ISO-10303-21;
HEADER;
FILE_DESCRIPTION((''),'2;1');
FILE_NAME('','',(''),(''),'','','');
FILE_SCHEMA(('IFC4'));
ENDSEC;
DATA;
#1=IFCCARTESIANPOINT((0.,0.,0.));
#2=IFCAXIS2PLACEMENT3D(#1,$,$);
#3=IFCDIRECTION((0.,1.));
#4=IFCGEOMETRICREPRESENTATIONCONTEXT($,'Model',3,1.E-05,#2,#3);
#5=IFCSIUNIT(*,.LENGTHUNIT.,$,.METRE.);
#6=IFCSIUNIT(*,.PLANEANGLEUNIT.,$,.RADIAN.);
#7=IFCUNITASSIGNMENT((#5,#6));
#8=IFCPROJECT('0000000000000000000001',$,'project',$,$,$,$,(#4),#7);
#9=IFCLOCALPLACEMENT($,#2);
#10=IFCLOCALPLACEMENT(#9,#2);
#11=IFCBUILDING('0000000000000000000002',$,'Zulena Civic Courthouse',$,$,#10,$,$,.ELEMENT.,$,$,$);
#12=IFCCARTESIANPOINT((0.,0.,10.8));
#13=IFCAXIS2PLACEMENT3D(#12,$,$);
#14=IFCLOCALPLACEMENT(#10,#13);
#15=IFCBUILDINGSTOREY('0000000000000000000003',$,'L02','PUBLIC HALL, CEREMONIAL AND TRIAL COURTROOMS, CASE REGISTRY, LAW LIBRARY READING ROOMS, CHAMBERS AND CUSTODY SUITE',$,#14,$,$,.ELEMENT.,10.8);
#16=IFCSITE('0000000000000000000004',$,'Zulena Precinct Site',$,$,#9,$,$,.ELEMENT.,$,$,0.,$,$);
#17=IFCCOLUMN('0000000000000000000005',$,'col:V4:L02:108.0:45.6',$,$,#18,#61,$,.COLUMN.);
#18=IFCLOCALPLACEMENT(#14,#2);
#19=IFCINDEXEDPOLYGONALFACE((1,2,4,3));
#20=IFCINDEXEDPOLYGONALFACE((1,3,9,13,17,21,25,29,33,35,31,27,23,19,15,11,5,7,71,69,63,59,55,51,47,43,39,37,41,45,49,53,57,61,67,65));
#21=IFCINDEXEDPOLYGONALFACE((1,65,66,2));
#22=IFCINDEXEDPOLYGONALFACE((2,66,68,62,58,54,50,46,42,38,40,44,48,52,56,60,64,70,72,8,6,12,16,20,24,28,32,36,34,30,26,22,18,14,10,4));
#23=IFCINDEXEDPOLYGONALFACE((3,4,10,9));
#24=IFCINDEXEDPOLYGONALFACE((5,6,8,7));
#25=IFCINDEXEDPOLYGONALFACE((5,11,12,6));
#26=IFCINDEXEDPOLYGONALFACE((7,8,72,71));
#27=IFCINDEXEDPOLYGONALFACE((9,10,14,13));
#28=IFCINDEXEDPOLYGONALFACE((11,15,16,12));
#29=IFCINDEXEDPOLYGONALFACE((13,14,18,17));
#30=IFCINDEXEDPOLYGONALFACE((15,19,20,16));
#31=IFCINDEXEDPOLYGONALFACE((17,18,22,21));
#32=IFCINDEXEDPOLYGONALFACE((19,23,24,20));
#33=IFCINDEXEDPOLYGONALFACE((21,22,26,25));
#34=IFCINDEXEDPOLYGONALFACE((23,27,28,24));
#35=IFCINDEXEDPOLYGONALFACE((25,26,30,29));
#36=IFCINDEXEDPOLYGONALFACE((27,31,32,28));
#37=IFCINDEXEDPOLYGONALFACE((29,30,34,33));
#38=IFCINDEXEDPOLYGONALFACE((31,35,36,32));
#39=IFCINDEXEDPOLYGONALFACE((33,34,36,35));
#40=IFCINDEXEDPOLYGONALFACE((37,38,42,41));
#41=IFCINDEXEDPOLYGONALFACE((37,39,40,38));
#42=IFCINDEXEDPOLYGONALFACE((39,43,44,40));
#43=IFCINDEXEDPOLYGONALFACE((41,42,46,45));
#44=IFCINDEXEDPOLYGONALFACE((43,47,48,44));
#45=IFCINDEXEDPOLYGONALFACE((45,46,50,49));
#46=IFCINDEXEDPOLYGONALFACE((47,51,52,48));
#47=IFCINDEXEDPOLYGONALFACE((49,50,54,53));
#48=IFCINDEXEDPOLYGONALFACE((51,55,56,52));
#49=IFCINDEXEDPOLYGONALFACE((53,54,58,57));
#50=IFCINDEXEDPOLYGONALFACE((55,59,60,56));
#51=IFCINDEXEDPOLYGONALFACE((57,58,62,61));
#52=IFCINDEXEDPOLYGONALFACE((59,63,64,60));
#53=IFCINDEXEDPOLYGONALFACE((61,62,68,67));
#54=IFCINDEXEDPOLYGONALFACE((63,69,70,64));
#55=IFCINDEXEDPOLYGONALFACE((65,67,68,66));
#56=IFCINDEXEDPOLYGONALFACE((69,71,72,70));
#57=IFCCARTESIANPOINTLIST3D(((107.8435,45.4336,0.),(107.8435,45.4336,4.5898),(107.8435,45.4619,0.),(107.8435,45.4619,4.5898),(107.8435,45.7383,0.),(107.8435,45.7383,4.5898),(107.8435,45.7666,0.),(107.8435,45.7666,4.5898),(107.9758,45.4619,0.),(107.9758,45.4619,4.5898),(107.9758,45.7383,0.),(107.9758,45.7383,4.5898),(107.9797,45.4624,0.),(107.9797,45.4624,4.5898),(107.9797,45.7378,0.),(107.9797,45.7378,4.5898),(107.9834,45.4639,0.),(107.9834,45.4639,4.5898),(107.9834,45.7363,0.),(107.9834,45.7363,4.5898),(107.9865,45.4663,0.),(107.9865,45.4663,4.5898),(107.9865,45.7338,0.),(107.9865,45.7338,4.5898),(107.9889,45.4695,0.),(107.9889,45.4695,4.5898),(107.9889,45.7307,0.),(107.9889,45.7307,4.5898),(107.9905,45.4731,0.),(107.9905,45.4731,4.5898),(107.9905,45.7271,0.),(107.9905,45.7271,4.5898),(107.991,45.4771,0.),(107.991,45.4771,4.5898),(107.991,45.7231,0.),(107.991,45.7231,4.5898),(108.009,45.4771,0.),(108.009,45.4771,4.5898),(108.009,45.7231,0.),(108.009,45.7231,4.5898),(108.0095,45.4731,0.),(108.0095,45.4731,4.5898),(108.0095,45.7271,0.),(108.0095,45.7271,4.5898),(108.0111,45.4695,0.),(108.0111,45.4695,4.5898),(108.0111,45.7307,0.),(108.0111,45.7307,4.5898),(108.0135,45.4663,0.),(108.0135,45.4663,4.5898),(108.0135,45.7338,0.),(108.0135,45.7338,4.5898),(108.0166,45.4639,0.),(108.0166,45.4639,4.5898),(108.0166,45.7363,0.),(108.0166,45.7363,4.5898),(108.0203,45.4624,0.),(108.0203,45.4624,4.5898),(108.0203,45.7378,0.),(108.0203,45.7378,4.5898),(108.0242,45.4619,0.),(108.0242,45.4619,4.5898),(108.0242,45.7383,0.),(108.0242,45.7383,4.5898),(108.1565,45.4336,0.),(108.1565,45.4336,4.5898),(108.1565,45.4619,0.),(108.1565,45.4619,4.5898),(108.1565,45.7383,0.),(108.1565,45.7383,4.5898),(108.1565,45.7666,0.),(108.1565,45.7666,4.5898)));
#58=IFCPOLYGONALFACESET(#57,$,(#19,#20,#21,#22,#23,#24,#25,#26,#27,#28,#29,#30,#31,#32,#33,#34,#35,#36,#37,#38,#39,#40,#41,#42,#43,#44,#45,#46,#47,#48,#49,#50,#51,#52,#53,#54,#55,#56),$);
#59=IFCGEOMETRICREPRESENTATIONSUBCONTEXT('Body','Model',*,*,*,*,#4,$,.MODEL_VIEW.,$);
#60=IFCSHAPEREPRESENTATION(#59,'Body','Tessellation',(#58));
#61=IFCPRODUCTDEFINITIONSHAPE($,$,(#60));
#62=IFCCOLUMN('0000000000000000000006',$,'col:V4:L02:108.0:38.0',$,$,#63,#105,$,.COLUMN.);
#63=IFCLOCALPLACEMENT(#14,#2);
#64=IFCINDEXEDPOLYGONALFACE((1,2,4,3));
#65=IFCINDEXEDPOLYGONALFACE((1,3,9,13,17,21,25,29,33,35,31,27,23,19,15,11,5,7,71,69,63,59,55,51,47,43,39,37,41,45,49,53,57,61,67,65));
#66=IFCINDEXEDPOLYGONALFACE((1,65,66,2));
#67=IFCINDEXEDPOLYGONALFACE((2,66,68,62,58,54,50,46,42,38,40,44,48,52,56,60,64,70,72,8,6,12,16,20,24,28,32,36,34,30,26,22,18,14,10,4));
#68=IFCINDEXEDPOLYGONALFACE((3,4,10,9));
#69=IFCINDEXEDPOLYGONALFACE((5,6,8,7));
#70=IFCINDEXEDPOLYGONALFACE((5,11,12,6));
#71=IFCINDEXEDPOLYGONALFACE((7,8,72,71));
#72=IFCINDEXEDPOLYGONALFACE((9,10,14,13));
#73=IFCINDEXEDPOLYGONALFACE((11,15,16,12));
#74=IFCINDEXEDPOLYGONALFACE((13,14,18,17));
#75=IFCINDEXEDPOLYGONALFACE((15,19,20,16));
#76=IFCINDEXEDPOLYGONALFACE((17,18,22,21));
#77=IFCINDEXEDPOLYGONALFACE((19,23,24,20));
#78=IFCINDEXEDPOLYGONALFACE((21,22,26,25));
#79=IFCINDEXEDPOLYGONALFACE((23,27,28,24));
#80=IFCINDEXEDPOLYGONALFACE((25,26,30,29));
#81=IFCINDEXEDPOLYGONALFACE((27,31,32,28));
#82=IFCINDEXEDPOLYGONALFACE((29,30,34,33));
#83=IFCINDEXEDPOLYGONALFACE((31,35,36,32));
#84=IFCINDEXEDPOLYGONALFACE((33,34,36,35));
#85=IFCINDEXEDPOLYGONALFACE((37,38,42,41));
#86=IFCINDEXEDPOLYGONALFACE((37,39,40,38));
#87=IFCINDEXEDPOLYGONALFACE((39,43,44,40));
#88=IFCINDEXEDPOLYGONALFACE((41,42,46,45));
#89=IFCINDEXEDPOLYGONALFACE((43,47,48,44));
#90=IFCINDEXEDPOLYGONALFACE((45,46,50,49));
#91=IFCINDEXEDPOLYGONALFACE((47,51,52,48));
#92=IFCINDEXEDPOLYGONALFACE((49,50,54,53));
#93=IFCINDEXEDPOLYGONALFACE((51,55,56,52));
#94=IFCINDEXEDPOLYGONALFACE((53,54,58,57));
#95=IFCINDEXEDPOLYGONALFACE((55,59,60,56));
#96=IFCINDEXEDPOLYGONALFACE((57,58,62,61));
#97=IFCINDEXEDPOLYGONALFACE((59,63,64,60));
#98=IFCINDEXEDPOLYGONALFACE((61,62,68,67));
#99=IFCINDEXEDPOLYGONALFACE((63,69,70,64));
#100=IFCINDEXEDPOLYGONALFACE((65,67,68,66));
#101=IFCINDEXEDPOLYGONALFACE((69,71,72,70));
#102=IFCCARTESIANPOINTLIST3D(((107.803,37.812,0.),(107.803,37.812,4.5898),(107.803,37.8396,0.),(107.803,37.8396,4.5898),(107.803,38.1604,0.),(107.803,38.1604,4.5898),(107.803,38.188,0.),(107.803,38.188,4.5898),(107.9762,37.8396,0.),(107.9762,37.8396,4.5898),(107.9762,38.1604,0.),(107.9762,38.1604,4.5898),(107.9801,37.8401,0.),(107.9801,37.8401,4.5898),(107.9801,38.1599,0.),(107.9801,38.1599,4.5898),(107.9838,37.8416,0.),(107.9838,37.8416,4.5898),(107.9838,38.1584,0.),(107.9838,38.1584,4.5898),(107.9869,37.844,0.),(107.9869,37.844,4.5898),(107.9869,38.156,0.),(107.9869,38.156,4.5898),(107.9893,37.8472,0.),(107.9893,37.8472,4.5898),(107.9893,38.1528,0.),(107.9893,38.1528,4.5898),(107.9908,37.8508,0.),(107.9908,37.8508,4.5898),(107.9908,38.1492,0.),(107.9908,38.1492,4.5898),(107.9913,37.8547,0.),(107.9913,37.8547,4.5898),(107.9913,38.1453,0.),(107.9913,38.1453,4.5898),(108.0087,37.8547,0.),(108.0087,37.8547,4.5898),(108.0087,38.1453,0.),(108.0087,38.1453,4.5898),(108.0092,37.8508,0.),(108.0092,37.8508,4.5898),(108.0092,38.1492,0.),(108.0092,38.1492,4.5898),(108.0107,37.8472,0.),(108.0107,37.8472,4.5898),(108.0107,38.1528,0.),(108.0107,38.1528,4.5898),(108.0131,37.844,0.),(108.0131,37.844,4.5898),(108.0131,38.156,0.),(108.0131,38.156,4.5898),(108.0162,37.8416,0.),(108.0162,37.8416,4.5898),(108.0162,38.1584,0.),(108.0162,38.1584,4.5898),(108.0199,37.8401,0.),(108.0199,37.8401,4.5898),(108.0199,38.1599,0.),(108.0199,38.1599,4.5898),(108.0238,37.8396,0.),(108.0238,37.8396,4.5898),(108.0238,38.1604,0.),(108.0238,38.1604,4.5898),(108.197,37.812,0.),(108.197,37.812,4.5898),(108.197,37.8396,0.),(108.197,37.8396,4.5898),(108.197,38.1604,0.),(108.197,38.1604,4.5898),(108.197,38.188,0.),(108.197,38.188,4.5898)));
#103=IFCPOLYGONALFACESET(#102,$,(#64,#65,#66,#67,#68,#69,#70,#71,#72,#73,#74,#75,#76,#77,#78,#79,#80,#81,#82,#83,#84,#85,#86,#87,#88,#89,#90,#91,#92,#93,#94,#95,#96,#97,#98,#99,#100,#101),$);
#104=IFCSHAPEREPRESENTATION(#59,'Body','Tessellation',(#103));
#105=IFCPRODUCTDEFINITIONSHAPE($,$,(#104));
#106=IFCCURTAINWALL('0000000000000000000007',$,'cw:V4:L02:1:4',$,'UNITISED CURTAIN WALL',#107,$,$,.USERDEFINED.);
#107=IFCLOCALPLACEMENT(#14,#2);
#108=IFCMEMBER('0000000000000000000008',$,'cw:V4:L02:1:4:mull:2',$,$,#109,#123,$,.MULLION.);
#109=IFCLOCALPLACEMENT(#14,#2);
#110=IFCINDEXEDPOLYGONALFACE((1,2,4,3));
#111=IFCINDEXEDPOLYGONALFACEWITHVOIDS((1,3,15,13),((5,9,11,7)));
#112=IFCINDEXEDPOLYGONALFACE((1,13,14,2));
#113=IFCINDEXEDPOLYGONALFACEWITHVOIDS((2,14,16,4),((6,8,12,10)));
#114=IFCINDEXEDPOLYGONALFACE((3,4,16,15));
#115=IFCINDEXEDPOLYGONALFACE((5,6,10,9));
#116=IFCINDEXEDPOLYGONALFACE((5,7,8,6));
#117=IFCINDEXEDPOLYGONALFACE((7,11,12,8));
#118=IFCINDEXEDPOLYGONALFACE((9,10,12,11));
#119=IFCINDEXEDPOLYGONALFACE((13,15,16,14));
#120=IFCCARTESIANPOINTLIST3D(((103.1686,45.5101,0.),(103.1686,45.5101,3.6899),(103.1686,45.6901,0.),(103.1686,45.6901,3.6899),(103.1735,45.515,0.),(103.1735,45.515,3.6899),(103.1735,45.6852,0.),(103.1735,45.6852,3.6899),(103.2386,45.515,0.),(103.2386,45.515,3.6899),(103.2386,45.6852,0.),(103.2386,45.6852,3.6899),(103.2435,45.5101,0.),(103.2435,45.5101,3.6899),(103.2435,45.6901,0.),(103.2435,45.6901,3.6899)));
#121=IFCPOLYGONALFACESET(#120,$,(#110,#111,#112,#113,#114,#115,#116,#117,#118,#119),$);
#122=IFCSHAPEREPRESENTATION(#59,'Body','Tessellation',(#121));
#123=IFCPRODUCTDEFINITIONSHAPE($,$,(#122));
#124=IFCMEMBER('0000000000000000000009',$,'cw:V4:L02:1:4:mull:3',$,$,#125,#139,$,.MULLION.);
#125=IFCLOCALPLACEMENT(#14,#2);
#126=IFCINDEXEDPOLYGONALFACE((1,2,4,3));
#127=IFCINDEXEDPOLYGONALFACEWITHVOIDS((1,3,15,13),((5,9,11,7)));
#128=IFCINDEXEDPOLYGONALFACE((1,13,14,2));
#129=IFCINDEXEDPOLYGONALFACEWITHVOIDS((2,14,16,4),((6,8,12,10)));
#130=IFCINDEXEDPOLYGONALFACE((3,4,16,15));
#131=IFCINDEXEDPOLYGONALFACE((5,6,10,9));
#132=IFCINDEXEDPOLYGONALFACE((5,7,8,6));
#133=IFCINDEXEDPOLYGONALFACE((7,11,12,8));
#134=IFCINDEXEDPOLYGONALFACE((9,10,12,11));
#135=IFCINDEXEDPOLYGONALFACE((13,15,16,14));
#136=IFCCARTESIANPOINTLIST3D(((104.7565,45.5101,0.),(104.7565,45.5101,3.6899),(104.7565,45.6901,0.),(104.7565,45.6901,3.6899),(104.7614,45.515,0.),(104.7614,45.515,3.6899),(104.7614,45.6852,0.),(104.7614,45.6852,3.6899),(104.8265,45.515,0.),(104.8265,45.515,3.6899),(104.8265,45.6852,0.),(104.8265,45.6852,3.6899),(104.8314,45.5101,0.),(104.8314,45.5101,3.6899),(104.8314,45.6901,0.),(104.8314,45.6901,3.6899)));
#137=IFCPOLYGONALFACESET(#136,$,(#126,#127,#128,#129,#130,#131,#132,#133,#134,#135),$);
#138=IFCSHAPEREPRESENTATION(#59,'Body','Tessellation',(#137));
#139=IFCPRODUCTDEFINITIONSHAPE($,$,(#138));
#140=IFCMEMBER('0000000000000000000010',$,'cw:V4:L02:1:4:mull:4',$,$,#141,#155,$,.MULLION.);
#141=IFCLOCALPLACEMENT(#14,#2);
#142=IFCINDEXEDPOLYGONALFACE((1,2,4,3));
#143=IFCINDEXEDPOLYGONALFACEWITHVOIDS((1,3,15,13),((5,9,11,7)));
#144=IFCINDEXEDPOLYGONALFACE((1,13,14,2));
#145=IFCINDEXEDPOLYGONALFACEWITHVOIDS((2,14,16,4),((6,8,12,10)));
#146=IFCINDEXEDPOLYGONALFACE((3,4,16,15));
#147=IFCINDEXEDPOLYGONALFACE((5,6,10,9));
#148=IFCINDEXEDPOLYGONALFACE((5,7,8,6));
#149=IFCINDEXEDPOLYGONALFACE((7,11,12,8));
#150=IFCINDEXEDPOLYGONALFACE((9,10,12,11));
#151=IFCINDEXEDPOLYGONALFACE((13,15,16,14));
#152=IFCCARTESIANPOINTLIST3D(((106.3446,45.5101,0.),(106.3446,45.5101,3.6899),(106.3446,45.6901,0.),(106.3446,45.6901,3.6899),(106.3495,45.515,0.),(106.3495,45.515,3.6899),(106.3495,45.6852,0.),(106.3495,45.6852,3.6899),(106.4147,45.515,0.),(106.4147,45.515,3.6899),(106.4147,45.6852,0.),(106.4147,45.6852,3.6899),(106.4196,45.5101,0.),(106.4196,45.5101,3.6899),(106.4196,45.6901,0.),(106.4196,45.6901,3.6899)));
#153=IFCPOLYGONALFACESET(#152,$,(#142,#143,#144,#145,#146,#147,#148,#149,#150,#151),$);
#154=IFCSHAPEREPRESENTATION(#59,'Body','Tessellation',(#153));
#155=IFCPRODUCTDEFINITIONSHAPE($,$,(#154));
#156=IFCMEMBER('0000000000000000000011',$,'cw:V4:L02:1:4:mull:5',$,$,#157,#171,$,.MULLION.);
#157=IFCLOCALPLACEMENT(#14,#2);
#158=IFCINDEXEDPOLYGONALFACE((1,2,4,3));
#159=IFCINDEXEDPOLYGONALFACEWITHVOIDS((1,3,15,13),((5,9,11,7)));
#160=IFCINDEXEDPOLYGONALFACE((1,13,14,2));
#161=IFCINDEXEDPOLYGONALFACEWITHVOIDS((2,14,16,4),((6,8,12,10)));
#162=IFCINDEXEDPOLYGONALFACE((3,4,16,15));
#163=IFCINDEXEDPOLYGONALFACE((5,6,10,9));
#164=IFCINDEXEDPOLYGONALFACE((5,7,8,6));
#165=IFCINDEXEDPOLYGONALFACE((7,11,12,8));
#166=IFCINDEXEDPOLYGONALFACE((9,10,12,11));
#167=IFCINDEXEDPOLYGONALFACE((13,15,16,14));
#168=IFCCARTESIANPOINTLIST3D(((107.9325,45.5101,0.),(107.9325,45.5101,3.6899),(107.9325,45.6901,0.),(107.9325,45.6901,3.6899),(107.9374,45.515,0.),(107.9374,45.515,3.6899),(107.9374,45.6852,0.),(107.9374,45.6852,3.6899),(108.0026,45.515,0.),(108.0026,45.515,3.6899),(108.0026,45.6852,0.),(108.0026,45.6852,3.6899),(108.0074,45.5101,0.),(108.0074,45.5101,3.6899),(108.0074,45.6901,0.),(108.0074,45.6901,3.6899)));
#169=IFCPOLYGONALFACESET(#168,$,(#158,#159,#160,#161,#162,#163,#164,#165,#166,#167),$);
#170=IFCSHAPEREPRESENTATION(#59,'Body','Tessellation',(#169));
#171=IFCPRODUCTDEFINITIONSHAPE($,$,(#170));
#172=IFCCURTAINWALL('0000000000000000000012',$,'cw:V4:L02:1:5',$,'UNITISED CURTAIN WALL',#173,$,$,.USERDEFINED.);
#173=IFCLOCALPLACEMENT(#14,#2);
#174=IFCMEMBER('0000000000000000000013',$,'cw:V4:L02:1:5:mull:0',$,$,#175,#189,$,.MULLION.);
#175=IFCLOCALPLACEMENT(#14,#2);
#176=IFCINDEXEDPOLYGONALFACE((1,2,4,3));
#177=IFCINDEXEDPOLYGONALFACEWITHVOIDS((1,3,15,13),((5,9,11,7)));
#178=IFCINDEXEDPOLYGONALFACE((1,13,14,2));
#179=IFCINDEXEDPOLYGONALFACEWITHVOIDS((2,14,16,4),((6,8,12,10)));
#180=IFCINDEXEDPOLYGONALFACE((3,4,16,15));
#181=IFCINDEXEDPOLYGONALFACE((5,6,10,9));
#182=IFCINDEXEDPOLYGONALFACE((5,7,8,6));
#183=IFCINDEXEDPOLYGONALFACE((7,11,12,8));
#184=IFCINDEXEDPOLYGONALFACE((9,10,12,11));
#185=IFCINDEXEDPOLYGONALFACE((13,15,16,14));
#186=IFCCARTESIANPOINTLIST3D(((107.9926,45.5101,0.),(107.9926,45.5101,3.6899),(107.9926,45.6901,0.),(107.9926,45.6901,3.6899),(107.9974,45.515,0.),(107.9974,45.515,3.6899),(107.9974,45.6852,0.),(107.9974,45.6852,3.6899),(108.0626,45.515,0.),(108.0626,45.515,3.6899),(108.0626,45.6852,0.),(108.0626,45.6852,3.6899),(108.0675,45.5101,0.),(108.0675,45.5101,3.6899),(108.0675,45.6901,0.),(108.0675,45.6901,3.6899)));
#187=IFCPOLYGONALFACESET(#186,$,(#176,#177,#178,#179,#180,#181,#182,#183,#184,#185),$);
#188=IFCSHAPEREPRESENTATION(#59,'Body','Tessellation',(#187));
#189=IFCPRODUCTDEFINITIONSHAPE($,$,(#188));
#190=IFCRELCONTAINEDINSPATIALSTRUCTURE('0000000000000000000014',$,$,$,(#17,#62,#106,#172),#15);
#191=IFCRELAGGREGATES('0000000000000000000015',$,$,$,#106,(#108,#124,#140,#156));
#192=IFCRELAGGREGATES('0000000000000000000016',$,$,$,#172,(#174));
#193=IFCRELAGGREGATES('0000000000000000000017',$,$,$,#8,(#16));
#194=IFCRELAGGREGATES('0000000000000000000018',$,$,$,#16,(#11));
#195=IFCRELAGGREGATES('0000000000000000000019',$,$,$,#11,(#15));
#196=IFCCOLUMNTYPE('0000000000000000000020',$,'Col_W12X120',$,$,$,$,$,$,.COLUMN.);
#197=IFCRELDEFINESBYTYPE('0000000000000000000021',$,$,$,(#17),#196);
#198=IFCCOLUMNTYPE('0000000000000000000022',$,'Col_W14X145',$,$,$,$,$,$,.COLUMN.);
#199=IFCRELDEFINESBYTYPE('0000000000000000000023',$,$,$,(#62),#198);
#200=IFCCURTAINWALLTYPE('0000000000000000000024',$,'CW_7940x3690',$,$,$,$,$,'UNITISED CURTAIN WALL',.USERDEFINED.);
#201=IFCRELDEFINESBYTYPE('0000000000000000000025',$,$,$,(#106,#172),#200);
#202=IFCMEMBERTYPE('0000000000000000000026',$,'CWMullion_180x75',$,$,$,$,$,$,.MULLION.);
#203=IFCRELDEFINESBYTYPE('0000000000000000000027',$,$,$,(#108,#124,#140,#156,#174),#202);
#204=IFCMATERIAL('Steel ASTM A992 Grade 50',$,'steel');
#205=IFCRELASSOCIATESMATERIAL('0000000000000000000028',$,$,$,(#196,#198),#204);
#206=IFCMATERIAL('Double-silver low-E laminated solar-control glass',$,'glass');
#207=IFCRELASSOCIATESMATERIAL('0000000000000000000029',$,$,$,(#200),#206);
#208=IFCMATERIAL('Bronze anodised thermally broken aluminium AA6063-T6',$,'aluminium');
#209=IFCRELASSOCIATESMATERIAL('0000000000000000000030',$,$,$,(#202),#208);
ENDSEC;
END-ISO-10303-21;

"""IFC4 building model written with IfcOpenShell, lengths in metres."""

from ifc_helpers import new_model, si_unit, direction, frame, origin, origin_2d, place, context, subcontext, project, spatial, hollow_rectangle, i_section, extrude, material, material_profile, profile_set, type_object, element, aggregate, save


model = new_model("IFC4")

# Units and contexts
model_context = context("Model", 3, precision=1e-05, world=origin(), true_north=direction((0.0, 1.0)))
body_context = subcontext(model_context, "Body", "Model", "MODEL_VIEW")
ifc_project = project(units=[si_unit("LENGTHUNIT", "METRE"), si_unit("PLANEANGLEUNIT", "RADIAN")], contexts=[model_context])

# Site, building, storey
site_placement = place(None, origin())
site = spatial("IfcSite", under=ifc_project, at=site_placement, Name="Zulena Precinct Site", CompositionType="ELEMENT", RefElevation=0.0)
building_placement = place(site_placement, origin())
building = spatial("IfcBuilding", under=site, at=building_placement, Name="Zulena Civic Courthouse", CompositionType="ELEMENT")
storey_placement = place(building_placement, frame((0.0, 0.0, 10.8)))
storey = spatial("IfcBuildingStorey", under=building, at=storey_placement, Name="L02", Description="PUBLIC HALL, CEREMONIAL AND TRIAL COURTROOMS, CASE REGISTRY, LAW LIBRARY READING ROOMS, CHAMBERS AND CUSTODY SUITE", CompositionType="ELEMENT", Elevation=10.8)

# Columns
ifc_material_1 = material(Name="Steel ASTM A992 Grade 50", Category="steel")
ifc_material_profile_1 = material_profile(ifc_material_1, i_section(OverallWidth=0.313, OverallDepth=0.333, WebThickness=0.0181, FlangeThickness=0.0283, FilletRadius=0.0151, at=origin_2d()), Name="W12X120")
ifc_profile_set_1 = profile_set([ifc_material_profile_1], Name="Steel ASTM A992 Grade 50")
column_type_1 = type_object("IfcColumnType", Name="Col_W12X120", PredefinedType="COLUMN", material=ifc_profile_set_1)
column_1_placement = place(storey_placement, frame((108.0, 45.6001, 0.0), z_axis=(0.0, 0.0, 1.0), x_axis=(1.0, 0.0, 0.0)))
element("IfcColumn", 1, at=column_1_placement, inside=storey, type_object=column_type_1, Name="col:V4:L02:108.0:45.6", PredefinedType="COLUMN", context=body_context, shape_type="SweptSolid", body=[
    extrude(i_section(OverallWidth=0.313, OverallDepth=0.333, WebThickness=0.0181, FlangeThickness=0.0283, FilletRadius=0.0151, at=origin_2d()), origin(), (0.0, 0.0, 1.0), 4.5898),
])
ifc_material_profile_2 = material_profile(ifc_material_1, i_section(OverallWidth=0.394, OverallDepth=0.376, WebThickness=0.0173, FlangeThickness=0.0276, FilletRadius=0.0151, at=origin_2d()), Name="W14X145")
ifc_profile_set_2 = profile_set([ifc_material_profile_2], Name="Steel ASTM A992 Grade 50")
column_type_2 = type_object("IfcColumnType", Name="Col_W14X145", PredefinedType="COLUMN", material=ifc_profile_set_2)
column_2_placement = place(storey_placement, frame((108.0, 38.0, 0.0), z_axis=(0.0, 0.0, 1.0), x_axis=(1.0, 0.0, 0.0)))
element("IfcColumn", 2, at=column_2_placement, inside=storey, type_object=column_type_2, Name="col:V4:L02:108.0:38.0", PredefinedType="COLUMN", context=body_context, shape_type="SweptSolid", body=[
    extrude(i_section(OverallWidth=0.394, OverallDepth=0.376, WebThickness=0.0173, FlangeThickness=0.0276, FilletRadius=0.0151, at=origin_2d()), origin(), (0.0, 0.0, 1.0), 4.5898),
])

# Curtain walls, members
ifc_material_2 = material(Name="Double-silver low-E laminated solar-control glass", Category="glass")
curtain_wall_type = type_object("IfcCurtainWallType", Name="CW_7940x3690", ElementType="UNITISED CURTAIN WALL", PredefinedType="USERDEFINED", material=ifc_material_2)
curtain_wall_1_placement = place(storey_placement, origin())
curtain_wall_1 = element("IfcCurtainWall", 3, at=curtain_wall_1_placement, inside=storey, type_object=curtain_wall_type, Name="cw:V4:L02:1:4", ObjectType="UNITISED CURTAIN WALL", PredefinedType="USERDEFINED")
ifc_material_3 = material(Name="Bronze anodised thermally broken aluminium AA6063-T6", Category="aluminium")
ifc_material_profile_3 = material_profile(ifc_material_3, hollow_rectangle(XDim=0.075, YDim=0.1799, WallThickness=0.0049, at=origin_2d()), Name="CWM180X75X5")
ifc_profile_set_3 = profile_set([ifc_material_profile_3], Name="Bronze anodised thermally broken aluminium AA6063-T6")
member_type_1 = type_object("IfcMemberType", Name="CWMullion_180x75", PredefinedType="MULLION", material=ifc_profile_set_3)
member_1_placement = place(storey_placement, frame((103.2061, 45.6001, 0.0), z_axis=(0.0, 0.0, 1.0), x_axis=(1.0, 0.0, 0.0)))
member_1 = element("IfcMember", 4, at=member_1_placement, type_object=member_type_1, Name="cw:V4:L02:1:4:mull:2", PredefinedType="MULLION", context=body_context, shape_type="SweptSolid", body=[
    extrude(hollow_rectangle(XDim=0.075, YDim=0.1799, WallThickness=0.0049, at=origin_2d()), origin(), (0.0, 0.0, 1.0), 3.6899),
])
member_2_placement = place(storey_placement, frame((104.7939, 45.6001, 0.0), z_axis=(0.0, 0.0, 1.0), x_axis=(1.0, 0.0, 0.0)))
member_2 = element("IfcMember", 5, at=member_2_placement, type_object=member_type_1, Name="cw:V4:L02:1:4:mull:3", PredefinedType="MULLION", context=body_context, shape_type="SweptSolid", body=[
    extrude(hollow_rectangle(XDim=0.075, YDim=0.1799, WallThickness=0.0049, at=origin_2d()), origin(), (0.0, 0.0, 1.0), 3.6899),
])
member_3_placement = place(storey_placement, frame((106.3821, 45.6001, 0.0), z_axis=(0.0, 0.0, 1.0), x_axis=(1.0, 0.0, 0.0)))
member_3 = element("IfcMember", 6, at=member_3_placement, type_object=member_type_1, Name="cw:V4:L02:1:4:mull:4", PredefinedType="MULLION", context=body_context, shape_type="SweptSolid", body=[
    extrude(hollow_rectangle(XDim=0.075, YDim=0.1799, WallThickness=0.0049, at=origin_2d()), origin(), (0.0, 0.0, 1.0), 3.6899),
])
member_4_placement = place(storey_placement, frame((107.97, 45.6001, 0.0), z_axis=(0.0, 0.0, 1.0), x_axis=(1.0, 0.0, 0.0)))
member_4 = element("IfcMember", 7, at=member_4_placement, type_object=member_type_1, Name="cw:V4:L02:1:4:mull:5", PredefinedType="MULLION", context=body_context, shape_type="SweptSolid", body=[
    extrude(hollow_rectangle(XDim=0.075, YDim=0.1799, WallThickness=0.0049, at=origin_2d()), origin(), (0.0, 0.0, 1.0), 3.6899),
])
curtain_wall_2_placement = place(storey_placement, origin())
curtain_wall_2 = element("IfcCurtainWall", 8, at=curtain_wall_2_placement, inside=storey, type_object=curtain_wall_type, Name="cw:V4:L02:1:5", ObjectType="UNITISED CURTAIN WALL", PredefinedType="USERDEFINED")
member_5_placement = place(storey_placement, frame((108.03, 45.6001, 0.0), z_axis=(0.0, 0.0, 1.0), x_axis=(1.0, 0.0, 0.0)))
member_5 = element("IfcMember", 9, at=member_5_placement, type_object=member_type_1, Name="cw:V4:L02:1:5:mull:0", PredefinedType="MULLION", context=body_context, shape_type="SweptSolid", body=[
    extrude(hollow_rectangle(XDim=0.075, YDim=0.1799, WallThickness=0.0049, at=origin_2d()), origin(), (0.0, 0.0, 1.0), 3.6899),
])

aggregate(curtain_wall_1, [member_1, member_2, member_3, member_4])
aggregate(curtain_wall_2, [member_5])

save(model, "model.ifc")
